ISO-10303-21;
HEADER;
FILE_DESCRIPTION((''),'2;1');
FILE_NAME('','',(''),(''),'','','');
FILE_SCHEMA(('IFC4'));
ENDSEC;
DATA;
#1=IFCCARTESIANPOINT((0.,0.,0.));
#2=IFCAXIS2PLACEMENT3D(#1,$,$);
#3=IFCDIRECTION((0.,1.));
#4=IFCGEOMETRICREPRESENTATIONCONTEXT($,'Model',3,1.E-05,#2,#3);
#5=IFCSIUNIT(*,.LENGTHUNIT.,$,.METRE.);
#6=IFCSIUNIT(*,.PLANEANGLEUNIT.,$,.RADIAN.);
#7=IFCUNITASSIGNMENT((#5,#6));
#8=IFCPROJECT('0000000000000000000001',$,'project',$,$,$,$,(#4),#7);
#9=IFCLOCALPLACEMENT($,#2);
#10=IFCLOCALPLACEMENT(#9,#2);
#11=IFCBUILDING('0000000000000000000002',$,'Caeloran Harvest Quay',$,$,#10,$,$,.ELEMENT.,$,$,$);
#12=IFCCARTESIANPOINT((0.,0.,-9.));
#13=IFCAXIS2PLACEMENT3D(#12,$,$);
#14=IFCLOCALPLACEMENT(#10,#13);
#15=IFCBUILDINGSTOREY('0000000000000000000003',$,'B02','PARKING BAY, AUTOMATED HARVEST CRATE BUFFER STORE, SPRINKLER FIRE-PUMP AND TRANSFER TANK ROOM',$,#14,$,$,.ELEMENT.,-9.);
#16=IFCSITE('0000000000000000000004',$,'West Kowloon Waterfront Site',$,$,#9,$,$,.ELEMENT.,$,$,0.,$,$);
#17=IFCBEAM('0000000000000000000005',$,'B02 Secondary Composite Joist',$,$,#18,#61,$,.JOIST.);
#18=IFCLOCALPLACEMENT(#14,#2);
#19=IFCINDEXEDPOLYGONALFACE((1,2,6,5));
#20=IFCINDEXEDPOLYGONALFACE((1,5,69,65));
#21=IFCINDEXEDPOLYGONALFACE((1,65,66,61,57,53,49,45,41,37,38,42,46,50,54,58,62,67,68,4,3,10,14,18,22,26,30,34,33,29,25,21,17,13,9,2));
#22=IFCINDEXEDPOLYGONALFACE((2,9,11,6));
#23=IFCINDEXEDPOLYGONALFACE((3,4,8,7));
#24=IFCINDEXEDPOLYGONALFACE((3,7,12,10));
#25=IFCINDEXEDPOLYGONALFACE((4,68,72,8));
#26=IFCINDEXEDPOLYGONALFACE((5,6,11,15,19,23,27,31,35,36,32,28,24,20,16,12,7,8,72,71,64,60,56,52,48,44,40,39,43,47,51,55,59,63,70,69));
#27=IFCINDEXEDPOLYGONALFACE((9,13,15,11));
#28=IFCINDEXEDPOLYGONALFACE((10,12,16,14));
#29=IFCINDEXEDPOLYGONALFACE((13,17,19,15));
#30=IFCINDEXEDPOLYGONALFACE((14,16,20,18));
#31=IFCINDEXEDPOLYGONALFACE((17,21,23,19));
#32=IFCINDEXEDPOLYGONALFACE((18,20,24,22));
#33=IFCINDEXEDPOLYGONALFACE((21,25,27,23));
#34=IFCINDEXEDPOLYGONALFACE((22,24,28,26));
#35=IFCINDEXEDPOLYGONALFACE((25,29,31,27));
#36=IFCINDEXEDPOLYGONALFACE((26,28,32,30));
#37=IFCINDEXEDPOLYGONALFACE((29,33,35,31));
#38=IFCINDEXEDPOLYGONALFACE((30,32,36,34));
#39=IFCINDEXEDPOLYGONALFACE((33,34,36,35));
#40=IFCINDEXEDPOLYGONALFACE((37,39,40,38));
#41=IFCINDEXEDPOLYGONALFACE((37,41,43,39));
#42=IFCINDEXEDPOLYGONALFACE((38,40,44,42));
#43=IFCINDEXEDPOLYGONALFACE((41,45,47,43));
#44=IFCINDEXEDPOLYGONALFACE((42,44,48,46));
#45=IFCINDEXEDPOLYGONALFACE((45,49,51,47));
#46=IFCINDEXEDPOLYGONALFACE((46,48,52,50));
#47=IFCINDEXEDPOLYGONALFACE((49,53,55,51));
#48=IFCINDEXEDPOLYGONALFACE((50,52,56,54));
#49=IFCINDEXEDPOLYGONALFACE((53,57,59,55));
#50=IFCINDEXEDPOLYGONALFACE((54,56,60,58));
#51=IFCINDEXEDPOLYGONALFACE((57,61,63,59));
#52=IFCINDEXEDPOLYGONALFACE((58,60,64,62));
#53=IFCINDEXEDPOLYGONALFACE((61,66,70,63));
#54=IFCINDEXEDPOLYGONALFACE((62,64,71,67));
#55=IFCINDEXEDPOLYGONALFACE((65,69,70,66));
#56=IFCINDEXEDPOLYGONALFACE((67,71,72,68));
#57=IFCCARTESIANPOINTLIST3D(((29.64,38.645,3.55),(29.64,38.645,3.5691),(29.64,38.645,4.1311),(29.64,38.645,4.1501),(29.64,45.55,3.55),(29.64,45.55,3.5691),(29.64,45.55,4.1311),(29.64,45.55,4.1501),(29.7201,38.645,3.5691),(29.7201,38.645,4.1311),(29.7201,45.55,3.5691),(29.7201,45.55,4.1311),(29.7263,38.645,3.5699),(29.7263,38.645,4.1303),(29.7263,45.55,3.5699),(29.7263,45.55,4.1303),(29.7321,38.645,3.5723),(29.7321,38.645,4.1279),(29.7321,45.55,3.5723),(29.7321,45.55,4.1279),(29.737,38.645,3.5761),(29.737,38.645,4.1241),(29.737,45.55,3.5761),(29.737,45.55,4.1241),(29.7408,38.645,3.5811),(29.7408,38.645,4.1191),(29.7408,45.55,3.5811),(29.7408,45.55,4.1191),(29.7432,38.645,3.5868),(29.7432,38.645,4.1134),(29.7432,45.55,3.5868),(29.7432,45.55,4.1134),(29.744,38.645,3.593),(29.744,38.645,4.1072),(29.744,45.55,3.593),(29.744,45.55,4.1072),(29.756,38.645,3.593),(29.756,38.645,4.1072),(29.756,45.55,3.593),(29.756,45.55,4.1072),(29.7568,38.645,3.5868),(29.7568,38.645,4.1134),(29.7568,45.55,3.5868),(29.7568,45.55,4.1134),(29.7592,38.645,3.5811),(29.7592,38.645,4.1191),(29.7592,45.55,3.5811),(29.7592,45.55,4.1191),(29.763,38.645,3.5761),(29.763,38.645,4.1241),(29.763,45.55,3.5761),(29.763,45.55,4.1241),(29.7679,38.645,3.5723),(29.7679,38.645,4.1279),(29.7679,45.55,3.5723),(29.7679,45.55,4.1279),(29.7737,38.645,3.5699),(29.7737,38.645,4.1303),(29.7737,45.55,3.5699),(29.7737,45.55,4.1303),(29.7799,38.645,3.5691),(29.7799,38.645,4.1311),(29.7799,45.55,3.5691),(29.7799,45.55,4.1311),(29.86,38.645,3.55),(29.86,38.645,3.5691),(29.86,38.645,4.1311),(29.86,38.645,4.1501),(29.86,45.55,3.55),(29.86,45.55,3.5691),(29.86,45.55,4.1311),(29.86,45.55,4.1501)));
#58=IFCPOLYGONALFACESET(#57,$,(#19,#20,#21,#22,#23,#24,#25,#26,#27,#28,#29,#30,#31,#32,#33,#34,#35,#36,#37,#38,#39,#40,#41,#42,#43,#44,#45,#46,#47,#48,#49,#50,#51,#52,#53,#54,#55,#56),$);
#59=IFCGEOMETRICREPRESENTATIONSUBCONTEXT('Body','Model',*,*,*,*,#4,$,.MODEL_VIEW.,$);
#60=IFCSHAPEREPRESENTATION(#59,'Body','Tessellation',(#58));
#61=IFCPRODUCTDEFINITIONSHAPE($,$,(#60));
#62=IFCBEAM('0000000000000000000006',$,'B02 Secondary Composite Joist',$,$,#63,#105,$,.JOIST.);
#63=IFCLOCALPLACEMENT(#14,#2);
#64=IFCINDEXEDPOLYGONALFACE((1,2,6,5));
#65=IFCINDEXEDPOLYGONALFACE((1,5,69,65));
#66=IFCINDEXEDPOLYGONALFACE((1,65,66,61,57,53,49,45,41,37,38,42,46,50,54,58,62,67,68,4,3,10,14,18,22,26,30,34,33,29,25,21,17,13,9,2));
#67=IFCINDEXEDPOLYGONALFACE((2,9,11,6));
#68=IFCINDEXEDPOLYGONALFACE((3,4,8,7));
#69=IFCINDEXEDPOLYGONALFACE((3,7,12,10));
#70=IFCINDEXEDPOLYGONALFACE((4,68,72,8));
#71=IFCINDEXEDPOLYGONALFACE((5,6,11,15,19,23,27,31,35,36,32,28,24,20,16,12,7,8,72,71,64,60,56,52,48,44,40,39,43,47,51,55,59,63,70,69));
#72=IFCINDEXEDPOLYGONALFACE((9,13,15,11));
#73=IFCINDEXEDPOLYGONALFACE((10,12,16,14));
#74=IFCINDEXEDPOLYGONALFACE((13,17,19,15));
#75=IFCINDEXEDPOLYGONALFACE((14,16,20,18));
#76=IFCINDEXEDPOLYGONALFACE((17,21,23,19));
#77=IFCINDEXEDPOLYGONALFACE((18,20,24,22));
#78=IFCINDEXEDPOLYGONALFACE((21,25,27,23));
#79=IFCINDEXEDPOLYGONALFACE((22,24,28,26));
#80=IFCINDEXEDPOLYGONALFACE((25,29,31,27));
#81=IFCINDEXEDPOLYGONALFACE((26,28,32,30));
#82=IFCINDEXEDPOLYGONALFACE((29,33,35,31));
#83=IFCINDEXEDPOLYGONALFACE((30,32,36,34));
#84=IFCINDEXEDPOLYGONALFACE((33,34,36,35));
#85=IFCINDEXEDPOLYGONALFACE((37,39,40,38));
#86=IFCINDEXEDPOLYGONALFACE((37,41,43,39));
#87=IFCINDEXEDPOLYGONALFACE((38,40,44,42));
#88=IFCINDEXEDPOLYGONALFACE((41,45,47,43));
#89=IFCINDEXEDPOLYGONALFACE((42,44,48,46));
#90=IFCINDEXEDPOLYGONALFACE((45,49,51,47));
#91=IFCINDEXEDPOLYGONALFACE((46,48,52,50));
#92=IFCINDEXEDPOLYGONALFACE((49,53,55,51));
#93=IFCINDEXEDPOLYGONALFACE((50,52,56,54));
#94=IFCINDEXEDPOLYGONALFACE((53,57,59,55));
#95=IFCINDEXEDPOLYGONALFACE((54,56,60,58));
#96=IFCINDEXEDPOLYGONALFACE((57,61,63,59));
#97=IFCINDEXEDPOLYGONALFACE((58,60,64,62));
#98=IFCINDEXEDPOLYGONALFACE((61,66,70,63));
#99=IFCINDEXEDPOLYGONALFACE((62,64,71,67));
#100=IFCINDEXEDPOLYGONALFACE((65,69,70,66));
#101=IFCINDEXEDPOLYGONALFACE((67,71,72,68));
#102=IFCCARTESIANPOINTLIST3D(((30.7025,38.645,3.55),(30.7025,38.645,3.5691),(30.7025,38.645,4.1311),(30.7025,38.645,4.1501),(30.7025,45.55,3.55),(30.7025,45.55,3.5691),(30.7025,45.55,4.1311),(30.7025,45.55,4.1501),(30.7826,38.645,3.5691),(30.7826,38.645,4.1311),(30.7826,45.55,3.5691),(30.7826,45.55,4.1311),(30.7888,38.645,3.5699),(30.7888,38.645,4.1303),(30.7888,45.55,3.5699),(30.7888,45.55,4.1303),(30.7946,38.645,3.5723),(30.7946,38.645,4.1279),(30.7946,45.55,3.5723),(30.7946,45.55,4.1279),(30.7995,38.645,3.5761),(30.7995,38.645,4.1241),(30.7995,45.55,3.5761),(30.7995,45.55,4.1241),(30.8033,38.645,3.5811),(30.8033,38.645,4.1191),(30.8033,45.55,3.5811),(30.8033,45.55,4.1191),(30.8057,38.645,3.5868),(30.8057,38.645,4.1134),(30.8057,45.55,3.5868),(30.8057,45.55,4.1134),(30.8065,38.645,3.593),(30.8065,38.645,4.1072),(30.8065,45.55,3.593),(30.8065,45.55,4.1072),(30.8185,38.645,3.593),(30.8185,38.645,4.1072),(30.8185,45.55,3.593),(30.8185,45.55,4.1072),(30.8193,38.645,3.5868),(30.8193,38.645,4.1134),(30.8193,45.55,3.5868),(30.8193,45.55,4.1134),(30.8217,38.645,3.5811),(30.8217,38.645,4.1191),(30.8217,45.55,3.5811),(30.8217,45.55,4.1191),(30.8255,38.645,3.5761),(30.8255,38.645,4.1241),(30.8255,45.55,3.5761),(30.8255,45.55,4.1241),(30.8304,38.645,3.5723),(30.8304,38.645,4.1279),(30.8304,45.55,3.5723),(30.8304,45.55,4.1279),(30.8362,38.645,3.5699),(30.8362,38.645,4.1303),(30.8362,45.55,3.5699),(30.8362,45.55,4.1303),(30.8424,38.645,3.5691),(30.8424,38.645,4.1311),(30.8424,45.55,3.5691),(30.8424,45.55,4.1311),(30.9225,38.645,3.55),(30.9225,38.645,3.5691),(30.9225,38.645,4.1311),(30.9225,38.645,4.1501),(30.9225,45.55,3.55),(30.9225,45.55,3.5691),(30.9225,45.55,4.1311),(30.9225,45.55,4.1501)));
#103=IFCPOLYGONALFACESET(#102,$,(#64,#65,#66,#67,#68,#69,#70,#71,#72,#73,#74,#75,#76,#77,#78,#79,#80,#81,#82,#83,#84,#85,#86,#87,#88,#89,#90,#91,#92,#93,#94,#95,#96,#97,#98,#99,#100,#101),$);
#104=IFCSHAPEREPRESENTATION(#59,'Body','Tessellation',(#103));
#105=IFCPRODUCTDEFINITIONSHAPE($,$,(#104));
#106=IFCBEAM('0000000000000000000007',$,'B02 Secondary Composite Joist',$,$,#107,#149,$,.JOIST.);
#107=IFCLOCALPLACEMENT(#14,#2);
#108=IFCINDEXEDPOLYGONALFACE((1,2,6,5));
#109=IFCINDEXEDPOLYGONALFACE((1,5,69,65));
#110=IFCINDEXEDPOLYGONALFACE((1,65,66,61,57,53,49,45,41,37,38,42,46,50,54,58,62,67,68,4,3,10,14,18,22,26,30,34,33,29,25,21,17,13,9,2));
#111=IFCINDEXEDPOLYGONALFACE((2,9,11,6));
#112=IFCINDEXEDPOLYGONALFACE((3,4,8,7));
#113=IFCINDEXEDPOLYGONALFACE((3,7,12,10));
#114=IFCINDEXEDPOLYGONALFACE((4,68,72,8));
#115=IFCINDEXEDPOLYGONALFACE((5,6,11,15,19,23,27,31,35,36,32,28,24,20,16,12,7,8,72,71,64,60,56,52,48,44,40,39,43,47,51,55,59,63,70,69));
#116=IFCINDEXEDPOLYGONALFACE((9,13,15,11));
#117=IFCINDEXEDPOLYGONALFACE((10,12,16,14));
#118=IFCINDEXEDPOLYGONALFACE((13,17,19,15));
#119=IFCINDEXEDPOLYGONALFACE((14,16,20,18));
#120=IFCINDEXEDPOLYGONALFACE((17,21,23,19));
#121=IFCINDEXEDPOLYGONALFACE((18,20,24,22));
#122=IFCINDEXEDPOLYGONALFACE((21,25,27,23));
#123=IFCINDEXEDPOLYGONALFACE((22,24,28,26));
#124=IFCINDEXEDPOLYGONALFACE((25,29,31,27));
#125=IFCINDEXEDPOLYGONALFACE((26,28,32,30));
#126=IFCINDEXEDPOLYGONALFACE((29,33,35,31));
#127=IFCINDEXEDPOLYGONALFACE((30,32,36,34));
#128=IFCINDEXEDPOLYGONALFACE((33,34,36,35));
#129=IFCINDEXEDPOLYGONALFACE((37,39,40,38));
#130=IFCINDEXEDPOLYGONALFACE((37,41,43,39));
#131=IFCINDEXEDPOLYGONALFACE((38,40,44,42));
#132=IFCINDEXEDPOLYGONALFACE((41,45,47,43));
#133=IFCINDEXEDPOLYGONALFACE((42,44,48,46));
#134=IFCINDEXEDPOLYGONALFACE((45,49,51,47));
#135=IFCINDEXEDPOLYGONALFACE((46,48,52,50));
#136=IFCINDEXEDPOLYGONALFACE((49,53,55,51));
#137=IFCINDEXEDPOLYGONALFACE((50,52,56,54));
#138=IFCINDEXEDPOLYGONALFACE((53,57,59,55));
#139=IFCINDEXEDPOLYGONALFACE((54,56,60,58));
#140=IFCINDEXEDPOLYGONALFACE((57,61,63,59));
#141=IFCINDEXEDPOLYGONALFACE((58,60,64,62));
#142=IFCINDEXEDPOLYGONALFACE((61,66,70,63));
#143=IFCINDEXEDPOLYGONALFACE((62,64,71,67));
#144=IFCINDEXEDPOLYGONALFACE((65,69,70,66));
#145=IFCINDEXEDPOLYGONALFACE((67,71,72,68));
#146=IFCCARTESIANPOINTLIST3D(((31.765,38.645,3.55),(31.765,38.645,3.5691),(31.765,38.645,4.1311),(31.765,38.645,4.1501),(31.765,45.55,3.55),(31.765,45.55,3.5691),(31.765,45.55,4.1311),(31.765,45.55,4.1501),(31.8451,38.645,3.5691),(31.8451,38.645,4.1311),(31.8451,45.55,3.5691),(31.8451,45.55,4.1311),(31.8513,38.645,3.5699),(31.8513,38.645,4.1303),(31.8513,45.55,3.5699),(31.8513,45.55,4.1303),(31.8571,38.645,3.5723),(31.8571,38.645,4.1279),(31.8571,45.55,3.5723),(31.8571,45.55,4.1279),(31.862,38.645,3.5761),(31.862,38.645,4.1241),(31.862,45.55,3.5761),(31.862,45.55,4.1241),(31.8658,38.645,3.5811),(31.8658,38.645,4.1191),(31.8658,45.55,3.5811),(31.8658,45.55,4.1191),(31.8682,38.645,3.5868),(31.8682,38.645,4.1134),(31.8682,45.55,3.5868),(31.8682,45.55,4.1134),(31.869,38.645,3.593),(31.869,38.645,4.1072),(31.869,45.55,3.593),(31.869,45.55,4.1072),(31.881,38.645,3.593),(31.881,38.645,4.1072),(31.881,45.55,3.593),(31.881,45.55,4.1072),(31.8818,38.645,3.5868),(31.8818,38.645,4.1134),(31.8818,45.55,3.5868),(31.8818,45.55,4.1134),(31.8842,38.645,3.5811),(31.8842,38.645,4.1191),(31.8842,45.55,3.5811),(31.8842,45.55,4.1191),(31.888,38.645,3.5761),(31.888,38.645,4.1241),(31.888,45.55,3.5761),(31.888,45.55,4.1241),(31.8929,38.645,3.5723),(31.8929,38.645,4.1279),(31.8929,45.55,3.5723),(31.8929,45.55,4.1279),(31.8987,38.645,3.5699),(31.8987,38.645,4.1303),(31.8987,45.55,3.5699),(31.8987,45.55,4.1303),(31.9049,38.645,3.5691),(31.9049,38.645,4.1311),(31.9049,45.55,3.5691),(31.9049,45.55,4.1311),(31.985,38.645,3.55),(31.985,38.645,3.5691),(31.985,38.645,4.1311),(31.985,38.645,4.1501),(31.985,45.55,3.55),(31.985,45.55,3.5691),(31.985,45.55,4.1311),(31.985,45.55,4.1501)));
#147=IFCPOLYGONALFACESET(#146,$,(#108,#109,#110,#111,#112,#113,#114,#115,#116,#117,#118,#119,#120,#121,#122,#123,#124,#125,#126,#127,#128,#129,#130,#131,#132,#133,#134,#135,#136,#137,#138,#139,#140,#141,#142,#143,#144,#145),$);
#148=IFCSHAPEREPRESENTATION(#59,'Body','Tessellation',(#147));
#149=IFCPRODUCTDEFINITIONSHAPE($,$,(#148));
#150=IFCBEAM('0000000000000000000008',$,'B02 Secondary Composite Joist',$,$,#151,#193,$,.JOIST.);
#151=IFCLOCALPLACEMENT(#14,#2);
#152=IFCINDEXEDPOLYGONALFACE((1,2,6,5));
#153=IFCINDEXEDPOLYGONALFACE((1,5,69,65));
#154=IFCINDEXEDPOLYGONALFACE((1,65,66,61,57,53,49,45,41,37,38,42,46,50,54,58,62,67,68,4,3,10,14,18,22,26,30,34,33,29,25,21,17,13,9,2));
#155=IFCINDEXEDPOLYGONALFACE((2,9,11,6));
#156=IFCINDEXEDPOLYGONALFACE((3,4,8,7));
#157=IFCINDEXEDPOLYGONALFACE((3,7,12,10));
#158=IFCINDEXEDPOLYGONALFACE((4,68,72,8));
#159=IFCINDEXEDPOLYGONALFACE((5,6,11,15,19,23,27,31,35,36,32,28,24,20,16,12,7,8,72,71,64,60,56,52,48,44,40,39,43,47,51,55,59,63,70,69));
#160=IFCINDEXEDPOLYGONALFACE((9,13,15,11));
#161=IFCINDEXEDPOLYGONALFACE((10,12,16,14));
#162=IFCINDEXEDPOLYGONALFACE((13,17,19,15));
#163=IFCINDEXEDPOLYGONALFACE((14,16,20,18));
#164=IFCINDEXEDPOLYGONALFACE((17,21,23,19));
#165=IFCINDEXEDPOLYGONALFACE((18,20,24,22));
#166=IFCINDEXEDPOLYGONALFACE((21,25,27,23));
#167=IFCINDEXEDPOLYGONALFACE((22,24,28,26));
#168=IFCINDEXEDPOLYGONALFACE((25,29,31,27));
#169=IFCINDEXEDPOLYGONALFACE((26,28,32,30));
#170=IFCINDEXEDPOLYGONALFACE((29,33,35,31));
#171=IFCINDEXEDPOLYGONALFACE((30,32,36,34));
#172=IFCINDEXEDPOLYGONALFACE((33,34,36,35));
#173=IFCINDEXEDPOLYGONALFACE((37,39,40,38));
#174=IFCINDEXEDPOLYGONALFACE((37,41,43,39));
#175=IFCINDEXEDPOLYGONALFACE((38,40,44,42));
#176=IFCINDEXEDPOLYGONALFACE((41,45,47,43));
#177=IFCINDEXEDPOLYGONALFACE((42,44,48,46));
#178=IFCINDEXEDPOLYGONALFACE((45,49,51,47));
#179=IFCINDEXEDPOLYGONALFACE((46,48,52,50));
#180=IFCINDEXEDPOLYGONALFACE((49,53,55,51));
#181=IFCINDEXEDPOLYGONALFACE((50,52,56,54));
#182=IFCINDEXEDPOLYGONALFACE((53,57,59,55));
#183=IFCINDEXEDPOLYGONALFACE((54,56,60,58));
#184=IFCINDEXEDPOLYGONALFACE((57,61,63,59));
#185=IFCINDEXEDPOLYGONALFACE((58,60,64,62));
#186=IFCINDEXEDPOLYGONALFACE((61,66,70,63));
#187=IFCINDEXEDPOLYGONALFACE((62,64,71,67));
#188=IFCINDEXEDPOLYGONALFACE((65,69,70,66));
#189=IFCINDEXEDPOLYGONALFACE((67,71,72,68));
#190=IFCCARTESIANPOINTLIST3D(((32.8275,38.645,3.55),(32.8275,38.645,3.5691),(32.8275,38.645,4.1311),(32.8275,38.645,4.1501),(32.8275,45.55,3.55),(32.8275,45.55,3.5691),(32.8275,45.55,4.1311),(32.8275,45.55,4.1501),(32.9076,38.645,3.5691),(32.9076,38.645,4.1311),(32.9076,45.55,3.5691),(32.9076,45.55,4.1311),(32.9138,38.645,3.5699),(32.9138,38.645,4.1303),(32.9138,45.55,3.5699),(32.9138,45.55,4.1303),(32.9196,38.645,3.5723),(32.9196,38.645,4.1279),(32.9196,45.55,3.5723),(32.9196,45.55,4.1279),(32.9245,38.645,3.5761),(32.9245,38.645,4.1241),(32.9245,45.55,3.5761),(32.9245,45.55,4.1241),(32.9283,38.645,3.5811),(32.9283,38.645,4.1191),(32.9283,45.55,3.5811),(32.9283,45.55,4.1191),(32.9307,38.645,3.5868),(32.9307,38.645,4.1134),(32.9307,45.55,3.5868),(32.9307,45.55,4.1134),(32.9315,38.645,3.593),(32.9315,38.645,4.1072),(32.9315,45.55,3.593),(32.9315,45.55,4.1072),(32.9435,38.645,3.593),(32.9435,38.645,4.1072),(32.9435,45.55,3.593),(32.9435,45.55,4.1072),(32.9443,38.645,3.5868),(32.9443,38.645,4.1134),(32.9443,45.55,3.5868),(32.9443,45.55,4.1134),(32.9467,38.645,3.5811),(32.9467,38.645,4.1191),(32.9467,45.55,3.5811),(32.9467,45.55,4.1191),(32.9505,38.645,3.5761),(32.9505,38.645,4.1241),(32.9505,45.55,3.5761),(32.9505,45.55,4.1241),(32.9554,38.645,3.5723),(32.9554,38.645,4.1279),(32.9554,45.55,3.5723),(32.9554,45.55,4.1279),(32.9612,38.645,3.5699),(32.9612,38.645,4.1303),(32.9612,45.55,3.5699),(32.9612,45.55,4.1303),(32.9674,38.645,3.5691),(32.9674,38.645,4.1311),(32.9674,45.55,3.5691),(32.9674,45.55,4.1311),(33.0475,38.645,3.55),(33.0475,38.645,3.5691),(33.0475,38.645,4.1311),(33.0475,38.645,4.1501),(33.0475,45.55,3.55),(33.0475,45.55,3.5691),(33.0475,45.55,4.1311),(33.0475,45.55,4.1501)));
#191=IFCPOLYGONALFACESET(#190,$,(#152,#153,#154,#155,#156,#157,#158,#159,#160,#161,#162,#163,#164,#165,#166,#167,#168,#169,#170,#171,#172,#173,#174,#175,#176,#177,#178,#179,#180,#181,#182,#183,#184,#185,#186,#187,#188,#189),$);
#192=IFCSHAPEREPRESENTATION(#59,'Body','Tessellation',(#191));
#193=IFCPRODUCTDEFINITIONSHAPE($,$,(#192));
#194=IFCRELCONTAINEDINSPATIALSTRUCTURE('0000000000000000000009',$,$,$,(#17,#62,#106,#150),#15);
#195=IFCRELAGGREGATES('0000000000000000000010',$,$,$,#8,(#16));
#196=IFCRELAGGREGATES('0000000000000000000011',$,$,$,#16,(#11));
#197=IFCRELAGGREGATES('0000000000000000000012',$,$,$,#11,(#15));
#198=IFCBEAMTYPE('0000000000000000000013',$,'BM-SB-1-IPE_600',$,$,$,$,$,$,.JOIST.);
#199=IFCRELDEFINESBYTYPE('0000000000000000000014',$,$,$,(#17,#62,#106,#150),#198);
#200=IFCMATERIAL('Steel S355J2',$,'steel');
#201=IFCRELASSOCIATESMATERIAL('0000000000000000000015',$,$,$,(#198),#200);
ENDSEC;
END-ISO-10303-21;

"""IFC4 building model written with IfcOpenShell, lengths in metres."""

from ifc_helpers import new_model, si_unit, direction, frame, origin, origin_2d, place, context, subcontext, project, spatial, i_section, extrude, material, material_profile, profile_set, type_object, element, save


model = new_model("IFC4")

# Units and contexts
model_context = context("Model", 3, precision=1e-05, world=origin(), true_north=direction((0.0, 1.0)))
body_context = subcontext(model_context, "Body", "Model", "MODEL_VIEW")
ifc_project = project(units=[si_unit("LENGTHUNIT", "METRE"), si_unit("PLANEANGLEUNIT", "RADIAN")], contexts=[model_context])

# Site, building, storey
site_placement = place(None, origin())
site = spatial("IfcSite", under=ifc_project, at=site_placement, Name="West Kowloon Waterfront Site", CompositionType="ELEMENT", RefElevation=0.0)
building_placement = place(site_placement, origin())
building = spatial("IfcBuilding", under=site, at=building_placement, Name="Caeloran Harvest Quay", CompositionType="ELEMENT")
storey_placement = place(building_placement, frame((0.0, 0.0, -9.0)))
storey = spatial("IfcBuildingStorey", under=building, at=storey_placement, Name="B02", Description="PARKING BAY, AUTOMATED HARVEST CRATE BUFFER STORE, SPRINKLER FIRE-PUMP AND TRANSFER TANK ROOM", CompositionType="ELEMENT", Elevation=-9.0)

# Beams
ifc_material_1 = material(Name="Steel S355J2", Category="steel")
ifc_material_profile_1 = material_profile(ifc_material_1, i_section(OverallWidth=0.22, OverallDepth=0.6001, WebThickness=0.012, FlangeThickness=0.019, FilletRadius=0.0239, at=origin_2d()), Name="IPE 600")
ifc_profile_set_1 = profile_set([ifc_material_profile_1], Name="Steel S355J2")
beam_type_1 = type_object("IfcBeamType", Name="BM-SB-1-IPE_600", PredefinedType="JOIST", material=ifc_profile_set_1)
for number, where, z_axis, x_axis, name in (
    (1, (29.75, 38.645, 3.8501), (0.0, 1.0, 0.0), (-1.0, 0.0, 0.0), "B02 Secondary Composite Joist"),
    (2, (30.8125, 38.645, 3.8501), (0.0, 1.0, 0.0), (-1.0, 0.0, 0.0), "B02 Secondary Composite Joist"),
    (3, (31.875, 38.645, 3.8501), (0.0, 1.0, 0.0), (-1.0, 0.0, 0.0), "B02 Secondary Composite Joist"),
    (4, (32.9375, 38.645, 3.8501), (0.0, 1.0, 0.0), (-1.0, 0.0, 0.0), "B02 Secondary Composite Joist"),
):
    element("IfcBeam", number, at=place(storey_placement, frame(where, z_axis=z_axis, x_axis=x_axis)), inside=storey, type_object=beam_type_1, Name=name, PredefinedType="JOIST", context=body_context, shape_type="SweptSolid", body=[
        extrude(i_section(OverallWidth=0.22, OverallDepth=0.6001, WebThickness=0.012, FlangeThickness=0.019, FilletRadius=0.0239, at=origin_2d()), origin(), (0.0, 0.0, 1.0), 6.905),
    ])

save(model, "model.ifc")
